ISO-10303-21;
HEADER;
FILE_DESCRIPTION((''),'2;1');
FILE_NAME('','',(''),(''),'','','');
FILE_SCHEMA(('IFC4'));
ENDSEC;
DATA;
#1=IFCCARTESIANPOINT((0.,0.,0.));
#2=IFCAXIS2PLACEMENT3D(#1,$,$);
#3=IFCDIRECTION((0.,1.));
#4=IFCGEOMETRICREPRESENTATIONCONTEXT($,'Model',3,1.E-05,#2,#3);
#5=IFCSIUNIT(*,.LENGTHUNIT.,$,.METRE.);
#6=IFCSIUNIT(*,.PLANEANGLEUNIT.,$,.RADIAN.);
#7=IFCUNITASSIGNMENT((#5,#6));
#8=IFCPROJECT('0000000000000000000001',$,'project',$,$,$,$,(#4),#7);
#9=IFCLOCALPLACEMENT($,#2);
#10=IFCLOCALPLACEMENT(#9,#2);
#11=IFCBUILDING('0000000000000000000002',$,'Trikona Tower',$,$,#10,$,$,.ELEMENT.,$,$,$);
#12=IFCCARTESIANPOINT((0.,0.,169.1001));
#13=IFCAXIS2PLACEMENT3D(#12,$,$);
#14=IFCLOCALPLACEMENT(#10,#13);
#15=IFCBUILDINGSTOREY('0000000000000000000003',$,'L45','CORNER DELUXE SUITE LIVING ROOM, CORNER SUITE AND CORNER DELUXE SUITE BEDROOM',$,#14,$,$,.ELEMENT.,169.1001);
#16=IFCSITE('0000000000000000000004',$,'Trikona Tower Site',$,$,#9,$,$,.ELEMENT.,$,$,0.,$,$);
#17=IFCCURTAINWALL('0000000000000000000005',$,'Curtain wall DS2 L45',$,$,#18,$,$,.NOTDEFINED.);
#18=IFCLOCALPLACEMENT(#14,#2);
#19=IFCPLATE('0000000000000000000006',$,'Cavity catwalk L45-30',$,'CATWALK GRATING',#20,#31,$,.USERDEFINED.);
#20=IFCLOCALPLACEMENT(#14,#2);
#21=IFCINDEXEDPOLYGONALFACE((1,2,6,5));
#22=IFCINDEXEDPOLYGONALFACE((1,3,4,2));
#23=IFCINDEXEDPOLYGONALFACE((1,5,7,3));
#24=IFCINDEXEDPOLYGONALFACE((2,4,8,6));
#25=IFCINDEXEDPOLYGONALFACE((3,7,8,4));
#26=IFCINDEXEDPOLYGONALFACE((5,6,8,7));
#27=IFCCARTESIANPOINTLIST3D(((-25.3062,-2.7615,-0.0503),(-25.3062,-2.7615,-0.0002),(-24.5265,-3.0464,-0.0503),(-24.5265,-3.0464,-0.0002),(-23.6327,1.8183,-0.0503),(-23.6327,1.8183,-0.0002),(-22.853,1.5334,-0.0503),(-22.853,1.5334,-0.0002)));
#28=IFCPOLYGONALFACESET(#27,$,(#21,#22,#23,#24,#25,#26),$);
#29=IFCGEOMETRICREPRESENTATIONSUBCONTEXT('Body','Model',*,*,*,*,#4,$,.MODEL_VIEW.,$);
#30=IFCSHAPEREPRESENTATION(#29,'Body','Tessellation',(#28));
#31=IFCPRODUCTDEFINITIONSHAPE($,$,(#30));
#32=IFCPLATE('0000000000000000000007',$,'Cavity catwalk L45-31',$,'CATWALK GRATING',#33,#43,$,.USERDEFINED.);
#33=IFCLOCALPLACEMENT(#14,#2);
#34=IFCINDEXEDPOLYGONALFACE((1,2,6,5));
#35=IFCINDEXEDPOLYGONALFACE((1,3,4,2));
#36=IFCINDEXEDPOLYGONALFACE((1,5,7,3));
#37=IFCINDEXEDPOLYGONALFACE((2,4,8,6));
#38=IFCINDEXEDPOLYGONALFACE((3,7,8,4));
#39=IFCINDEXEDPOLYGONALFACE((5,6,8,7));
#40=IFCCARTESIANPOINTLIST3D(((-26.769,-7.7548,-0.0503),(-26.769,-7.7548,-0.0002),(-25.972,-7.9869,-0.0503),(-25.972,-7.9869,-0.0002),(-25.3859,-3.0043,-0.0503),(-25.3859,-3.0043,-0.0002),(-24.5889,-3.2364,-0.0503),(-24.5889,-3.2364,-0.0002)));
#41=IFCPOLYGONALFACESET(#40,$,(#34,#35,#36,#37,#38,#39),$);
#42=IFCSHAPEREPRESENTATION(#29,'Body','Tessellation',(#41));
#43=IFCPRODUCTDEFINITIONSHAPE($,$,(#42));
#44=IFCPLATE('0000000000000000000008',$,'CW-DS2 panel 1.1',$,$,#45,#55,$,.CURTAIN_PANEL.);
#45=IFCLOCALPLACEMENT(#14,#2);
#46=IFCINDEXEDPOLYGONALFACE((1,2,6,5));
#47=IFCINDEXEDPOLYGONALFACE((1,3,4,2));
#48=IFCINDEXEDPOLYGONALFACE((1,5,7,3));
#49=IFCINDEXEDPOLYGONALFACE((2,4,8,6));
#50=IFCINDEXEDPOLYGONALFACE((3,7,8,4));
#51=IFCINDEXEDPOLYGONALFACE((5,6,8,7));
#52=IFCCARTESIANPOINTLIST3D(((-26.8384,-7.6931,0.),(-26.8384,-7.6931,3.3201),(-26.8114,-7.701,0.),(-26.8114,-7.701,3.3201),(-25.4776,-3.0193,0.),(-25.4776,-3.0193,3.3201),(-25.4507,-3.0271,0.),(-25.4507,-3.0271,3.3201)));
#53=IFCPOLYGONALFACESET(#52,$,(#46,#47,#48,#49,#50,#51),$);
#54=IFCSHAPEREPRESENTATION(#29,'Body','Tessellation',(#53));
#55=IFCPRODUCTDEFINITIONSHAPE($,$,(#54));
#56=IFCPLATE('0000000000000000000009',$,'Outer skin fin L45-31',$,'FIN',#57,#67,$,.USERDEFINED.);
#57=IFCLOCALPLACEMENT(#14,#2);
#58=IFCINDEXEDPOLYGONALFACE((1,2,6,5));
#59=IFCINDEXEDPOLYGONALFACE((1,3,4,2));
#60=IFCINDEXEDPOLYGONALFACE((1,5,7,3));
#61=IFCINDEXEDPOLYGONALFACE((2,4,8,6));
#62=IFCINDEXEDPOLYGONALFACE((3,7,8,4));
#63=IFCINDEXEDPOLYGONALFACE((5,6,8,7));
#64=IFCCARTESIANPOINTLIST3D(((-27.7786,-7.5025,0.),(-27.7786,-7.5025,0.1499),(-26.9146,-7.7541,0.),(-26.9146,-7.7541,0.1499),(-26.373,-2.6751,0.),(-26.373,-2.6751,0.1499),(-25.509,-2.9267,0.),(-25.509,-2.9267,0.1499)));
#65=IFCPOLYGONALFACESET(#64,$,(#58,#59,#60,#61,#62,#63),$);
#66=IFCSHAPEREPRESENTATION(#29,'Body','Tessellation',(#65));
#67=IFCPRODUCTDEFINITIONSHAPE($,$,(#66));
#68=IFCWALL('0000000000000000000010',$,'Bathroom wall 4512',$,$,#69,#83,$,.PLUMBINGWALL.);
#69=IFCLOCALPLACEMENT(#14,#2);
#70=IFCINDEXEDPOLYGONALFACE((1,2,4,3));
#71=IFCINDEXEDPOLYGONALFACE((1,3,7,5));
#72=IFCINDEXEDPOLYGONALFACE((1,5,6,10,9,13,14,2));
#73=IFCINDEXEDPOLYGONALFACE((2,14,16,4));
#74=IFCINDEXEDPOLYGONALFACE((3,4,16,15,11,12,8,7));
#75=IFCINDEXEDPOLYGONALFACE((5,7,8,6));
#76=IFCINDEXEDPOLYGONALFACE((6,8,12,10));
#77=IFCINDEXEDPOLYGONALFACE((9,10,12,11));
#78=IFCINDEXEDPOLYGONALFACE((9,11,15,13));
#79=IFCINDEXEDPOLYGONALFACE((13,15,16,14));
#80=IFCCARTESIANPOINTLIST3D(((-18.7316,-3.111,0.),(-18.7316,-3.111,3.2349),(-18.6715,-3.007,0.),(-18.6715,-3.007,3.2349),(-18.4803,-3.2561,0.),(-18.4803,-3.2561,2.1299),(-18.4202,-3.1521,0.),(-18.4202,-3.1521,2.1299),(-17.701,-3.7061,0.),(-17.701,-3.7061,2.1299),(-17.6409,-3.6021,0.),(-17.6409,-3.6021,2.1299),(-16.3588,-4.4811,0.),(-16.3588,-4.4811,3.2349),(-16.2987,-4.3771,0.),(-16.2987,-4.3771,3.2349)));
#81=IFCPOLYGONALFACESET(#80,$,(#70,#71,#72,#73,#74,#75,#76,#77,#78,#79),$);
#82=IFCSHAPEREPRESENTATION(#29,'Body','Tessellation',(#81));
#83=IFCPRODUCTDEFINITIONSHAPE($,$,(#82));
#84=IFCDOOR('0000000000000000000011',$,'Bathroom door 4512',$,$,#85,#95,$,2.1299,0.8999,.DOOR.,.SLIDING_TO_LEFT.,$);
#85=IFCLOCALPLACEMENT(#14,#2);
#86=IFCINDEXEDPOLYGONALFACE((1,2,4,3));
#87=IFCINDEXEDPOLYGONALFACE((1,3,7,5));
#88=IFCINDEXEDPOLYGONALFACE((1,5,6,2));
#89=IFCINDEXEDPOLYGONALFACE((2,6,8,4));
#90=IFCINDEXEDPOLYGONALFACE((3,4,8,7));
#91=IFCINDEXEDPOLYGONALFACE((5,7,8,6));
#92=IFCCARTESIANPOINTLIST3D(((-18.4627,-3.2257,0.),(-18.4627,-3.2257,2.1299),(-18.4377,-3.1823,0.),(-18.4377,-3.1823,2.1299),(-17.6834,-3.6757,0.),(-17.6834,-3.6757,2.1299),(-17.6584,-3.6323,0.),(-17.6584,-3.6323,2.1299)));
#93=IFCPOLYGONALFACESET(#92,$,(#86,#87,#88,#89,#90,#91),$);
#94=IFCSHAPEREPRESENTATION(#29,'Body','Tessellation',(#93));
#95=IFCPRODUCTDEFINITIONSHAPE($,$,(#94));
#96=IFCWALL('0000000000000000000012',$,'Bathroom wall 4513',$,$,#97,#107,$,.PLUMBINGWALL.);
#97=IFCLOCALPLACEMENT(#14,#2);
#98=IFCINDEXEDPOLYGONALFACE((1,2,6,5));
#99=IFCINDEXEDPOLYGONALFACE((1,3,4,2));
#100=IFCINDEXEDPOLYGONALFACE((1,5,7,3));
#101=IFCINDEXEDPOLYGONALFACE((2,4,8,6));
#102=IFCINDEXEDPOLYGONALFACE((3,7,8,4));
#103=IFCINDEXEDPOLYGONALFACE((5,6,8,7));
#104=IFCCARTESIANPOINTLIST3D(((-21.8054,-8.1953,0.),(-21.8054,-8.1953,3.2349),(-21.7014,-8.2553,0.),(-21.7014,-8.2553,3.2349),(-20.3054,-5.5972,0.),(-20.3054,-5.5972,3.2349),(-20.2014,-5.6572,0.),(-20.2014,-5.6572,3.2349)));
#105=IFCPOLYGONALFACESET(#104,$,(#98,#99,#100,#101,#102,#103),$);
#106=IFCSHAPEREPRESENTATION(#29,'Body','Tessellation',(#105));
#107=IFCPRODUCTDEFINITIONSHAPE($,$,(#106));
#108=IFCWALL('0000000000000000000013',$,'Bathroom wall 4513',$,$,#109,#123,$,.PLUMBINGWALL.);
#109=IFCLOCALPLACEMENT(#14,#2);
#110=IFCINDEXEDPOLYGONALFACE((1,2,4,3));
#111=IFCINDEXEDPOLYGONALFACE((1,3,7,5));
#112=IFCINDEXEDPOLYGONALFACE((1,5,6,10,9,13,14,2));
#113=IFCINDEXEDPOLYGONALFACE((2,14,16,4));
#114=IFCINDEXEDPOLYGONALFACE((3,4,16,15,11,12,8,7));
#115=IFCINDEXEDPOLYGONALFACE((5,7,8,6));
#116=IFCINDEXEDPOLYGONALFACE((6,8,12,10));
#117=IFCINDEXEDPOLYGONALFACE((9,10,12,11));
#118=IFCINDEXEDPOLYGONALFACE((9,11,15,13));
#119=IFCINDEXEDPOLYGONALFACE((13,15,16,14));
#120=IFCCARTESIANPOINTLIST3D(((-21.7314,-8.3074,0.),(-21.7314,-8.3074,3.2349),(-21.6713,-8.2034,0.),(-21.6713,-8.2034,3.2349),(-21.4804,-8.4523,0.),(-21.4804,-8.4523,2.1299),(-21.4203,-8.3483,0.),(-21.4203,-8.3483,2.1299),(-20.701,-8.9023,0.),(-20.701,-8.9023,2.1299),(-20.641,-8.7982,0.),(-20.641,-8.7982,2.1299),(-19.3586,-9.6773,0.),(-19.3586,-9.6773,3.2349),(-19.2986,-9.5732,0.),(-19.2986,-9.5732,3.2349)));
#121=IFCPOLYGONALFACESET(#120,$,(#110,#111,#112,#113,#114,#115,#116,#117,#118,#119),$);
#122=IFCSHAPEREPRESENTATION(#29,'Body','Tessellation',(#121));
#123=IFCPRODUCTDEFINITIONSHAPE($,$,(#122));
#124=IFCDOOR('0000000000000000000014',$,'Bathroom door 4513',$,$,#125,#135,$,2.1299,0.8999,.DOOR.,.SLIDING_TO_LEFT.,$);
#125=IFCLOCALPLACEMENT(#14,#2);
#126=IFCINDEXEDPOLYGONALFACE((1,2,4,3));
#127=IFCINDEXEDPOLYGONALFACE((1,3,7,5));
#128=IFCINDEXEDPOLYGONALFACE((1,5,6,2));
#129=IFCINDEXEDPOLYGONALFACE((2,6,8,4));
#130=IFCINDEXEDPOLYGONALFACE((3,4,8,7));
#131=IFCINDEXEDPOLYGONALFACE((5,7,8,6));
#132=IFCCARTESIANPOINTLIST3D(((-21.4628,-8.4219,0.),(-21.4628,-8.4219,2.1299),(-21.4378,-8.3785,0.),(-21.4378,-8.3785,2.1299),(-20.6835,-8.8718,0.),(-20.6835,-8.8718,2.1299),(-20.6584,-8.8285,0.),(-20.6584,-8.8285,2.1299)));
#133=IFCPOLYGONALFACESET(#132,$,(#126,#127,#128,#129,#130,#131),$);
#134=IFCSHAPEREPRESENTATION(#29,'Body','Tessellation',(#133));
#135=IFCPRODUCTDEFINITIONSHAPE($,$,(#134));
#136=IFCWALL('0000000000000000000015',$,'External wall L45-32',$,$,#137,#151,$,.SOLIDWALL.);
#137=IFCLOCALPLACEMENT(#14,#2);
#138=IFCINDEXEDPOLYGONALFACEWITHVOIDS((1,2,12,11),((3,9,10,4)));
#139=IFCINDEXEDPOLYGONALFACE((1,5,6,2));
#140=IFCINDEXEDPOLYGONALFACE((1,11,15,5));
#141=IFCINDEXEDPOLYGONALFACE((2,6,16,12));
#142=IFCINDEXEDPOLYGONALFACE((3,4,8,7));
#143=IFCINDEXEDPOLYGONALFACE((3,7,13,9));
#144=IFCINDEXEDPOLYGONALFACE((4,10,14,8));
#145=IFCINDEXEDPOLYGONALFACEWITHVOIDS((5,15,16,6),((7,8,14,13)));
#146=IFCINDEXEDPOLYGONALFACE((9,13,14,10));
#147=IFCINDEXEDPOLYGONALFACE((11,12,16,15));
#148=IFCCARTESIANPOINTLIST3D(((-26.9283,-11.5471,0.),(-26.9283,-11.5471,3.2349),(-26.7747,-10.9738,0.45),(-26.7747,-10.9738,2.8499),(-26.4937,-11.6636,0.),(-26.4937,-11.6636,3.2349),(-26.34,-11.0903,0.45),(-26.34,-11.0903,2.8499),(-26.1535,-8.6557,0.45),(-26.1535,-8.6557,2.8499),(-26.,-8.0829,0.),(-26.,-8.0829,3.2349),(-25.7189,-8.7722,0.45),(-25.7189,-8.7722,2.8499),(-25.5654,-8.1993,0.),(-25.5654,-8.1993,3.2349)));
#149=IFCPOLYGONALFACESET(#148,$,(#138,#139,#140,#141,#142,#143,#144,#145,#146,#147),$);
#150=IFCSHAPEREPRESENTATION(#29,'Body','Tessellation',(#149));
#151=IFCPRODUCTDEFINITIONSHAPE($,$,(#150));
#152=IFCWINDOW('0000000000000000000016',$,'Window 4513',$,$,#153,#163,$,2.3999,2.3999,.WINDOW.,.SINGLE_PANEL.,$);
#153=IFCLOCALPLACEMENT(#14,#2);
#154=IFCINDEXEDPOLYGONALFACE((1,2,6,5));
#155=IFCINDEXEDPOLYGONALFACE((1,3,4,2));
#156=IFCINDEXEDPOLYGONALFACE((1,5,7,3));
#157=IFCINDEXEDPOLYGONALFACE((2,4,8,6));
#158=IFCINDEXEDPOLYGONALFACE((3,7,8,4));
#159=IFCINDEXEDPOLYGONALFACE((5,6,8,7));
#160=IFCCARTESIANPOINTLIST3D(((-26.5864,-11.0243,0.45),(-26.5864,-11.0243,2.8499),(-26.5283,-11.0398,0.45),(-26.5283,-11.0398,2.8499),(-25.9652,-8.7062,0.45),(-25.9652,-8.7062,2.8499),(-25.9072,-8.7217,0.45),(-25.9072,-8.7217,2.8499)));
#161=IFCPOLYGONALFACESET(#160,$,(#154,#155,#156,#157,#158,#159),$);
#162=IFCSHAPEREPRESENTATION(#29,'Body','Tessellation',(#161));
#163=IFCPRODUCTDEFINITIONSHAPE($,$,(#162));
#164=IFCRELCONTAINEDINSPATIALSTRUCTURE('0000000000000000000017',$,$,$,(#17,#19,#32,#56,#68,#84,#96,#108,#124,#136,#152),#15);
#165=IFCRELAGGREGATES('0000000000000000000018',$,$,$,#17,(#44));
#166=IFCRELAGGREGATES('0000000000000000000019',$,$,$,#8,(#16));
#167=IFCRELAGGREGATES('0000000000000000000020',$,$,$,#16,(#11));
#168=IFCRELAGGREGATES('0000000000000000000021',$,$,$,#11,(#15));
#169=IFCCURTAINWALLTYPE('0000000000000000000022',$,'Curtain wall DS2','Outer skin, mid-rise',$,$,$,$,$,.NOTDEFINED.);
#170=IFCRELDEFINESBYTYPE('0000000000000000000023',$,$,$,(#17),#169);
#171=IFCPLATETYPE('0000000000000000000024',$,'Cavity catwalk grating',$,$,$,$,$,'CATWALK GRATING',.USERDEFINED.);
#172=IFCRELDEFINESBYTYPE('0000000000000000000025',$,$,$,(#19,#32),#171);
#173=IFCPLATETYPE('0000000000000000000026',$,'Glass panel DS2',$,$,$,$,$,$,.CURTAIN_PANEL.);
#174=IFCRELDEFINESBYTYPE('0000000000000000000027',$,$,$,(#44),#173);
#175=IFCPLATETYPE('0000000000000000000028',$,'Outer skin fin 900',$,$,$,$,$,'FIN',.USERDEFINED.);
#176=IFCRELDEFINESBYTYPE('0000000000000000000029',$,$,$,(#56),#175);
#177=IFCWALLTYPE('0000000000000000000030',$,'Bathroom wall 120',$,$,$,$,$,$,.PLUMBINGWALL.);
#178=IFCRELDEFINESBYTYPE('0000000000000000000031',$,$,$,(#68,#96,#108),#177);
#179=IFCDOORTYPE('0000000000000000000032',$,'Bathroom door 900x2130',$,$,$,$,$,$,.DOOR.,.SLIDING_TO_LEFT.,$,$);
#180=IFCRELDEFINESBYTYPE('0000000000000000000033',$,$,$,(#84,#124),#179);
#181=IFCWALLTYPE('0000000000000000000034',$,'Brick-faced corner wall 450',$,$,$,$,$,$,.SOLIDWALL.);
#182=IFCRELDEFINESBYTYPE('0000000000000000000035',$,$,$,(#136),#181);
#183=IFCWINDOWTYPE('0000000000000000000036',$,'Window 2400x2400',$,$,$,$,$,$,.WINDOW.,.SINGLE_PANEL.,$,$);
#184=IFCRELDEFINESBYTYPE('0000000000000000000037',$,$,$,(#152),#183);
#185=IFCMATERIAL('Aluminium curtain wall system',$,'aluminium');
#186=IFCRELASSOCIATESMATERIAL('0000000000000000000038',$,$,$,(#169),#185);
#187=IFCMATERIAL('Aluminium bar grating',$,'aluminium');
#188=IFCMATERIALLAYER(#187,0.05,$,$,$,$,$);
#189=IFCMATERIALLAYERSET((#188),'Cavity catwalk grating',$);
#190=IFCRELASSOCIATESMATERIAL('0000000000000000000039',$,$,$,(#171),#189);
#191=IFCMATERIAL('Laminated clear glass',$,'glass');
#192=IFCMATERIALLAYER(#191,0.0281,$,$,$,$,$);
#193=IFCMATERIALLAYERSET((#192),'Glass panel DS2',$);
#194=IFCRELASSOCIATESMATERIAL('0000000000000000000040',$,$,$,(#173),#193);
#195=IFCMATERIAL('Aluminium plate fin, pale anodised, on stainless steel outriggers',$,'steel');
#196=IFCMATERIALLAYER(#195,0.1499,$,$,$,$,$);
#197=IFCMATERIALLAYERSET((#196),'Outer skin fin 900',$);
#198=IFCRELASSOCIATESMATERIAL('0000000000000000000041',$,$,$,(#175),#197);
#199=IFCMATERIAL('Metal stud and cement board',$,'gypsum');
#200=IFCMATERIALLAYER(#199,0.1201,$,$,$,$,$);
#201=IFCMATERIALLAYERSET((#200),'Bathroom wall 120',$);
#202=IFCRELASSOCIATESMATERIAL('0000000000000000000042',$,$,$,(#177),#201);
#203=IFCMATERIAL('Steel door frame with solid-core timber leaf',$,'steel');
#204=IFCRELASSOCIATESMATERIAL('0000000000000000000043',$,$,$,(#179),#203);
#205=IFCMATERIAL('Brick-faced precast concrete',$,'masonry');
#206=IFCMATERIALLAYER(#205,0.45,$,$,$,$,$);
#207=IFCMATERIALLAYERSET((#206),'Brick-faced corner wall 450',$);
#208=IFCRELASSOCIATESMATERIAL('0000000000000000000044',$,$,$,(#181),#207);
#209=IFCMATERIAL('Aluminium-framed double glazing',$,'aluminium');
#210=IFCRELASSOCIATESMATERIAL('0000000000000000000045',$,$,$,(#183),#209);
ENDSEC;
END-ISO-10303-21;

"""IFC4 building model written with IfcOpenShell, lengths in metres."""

from ifc_helpers import new_model, si_unit, direction, frame, frame_2d, origin, origin_2d, place, context, subcontext, project, spatial, rectangle, extrude, material, layer, layer_set, type_object, element, fill, aggregate, save


model = new_model("IFC4")

# Units and contexts
model_context = context("Model", 3, precision=1e-05, world=origin(), true_north=direction((0.0, 1.0)))
body_context = subcontext(model_context, "Body", "Model", "MODEL_VIEW")
ifc_project = project(units=[si_unit("LENGTHUNIT", "METRE"), si_unit("PLANEANGLEUNIT", "RADIAN")], contexts=[model_context])

# Site, building, storey
site_placement = place(None, origin())
site = spatial("IfcSite", under=ifc_project, at=site_placement, Name="Trikona Tower Site", CompositionType="ELEMENT", RefElevation=0.0)
building_placement = place(site_placement, origin())
building = spatial("IfcBuilding", under=site, at=building_placement, Name="Trikona Tower", CompositionType="ELEMENT")
storey_placement = place(building_placement, frame((0.0, 0.0, 169.1001)))
storey = spatial("IfcBuildingStorey", under=building, at=storey_placement, Name="L45", Description="CORNER DELUXE SUITE LIVING ROOM, CORNER SUITE AND CORNER DELUXE SUITE BEDROOM", CompositionType="ELEMENT", Elevation=169.1001)

# Shared definitions
ifc_material_1 = material(Name="Aluminium curtain wall system", Category="aluminium")
curtain_wall_type = type_object("IfcCurtainWallType", Name="Curtain wall DS2", Description="Outer skin, mid-rise", PredefinedType="NOTDEFINED", material=ifc_material_1)

# Curtain wall
curtain_wall_1_placement = place(storey_placement, origin())
curtain_wall_1 = element("IfcCurtainWall", 1, at=curtain_wall_1_placement, inside=storey, type_object=curtain_wall_type, Name="Curtain wall DS2 L45", PredefinedType="NOTDEFINED")

# Plates
ifc_material_2 = material(Name="Aluminium bar grating", Category="aluminium")
ifc_layer_1 = layer(ifc_material_2, 0.05)
ifc_layer_set_1 = layer_set([ifc_layer_1], Name="Cavity catwalk grating")
plate_type_1 = type_object("IfcPlateType", Name="Cavity catwalk grating", ElementType="CATWALK GRATING", PredefinedType="USERDEFINED", material=ifc_layer_set_1)
plate_1_placement = place(storey_placement, frame((-24.0796, -0.614, -0.0503), z_axis=(0.0, 0.0, 1.0), x_axis=(-0.34322, -0.939255, 0.0)))
element("IfcPlate", 2, at=plate_1_placement, inside=storey, type_object=plate_type_1, Name="Cavity catwalk L45-30", ObjectType="CATWALK GRATING", PredefinedType="USERDEFINED", context=body_context, shape_type="SweptSolid", body=[
    extrude(rectangle(XDim=4.876, YDim=0.8301, at=origin_2d()), origin(), (0.0, 0.0, 1.0), 0.05),
])
plate_2_placement = place(storey_placement, frame((-25.679, -5.4956, -0.0503), z_axis=(0.0, 0.0, 1.0), x_axis=(-0.279554, -0.96013, 0.0)))
element("IfcPlate", 3, at=plate_2_placement, inside=storey, type_object=plate_type_1, Name="Cavity catwalk L45-31", ObjectType="CATWALK GRATING", PredefinedType="USERDEFINED", context=body_context, shape_type="SweptSolid", body=[
    extrude(rectangle(XDim=4.9478, YDim=0.8301, at=origin_2d()), origin(), (0.0, 0.0, 1.0), 0.05),
])

# Plates
ifc_material_3 = material(Name="Laminated clear glass", Category="glass")
ifc_layer_2 = layer(ifc_material_3, 0.0281)
ifc_layer_set_2 = layer_set([ifc_layer_2], Name="Glass panel DS2")
plate_type_2 = type_object("IfcPlateType", Name="Glass panel DS2", PredefinedType="CURTAIN_PANEL", material=ifc_layer_set_2)
plate_3_placement = place(storey_placement, frame((-26.1445, -5.3601, 0.0), z_axis=(0.0, 0.0, 1.0), x_axis=(-0.279543, -0.960133, 0.0)))
plate_3 = element("IfcPlate", 4, at=plate_3_placement, type_object=plate_type_2, Name="CW-DS2 panel 1.1", PredefinedType="CURTAIN_PANEL", context=body_context, shape_type="SweptSolid", body=[
    extrude(rectangle(XDim=4.8679, YDim=0.0281, at=origin_2d()), origin(), (0.0, 0.0, 1.0), 3.3201),
])
aggregate(curtain_wall_1, [plate_3])
ifc_material_4 = material(Name="Aluminium plate fin, pale anodised, on stainless steel outriggers", Category="steel")
ifc_layer_3 = layer(ifc_material_4, 0.1499)
ifc_layer_set_3 = layer_set([ifc_layer_3], Name="Outer skin fin 900")
plate_type_3 = type_object("IfcPlateType", Name="Outer skin fin 900", ElementType="FIN", PredefinedType="USERDEFINED", material=ifc_layer_set_3)
plate_4_placement = place(storey_placement, frame((-26.6438, -5.2146, 0.0), z_axis=(0.0, 0.0, 1.0), x_axis=(-0.279554, -0.96013, 0.0)))
element("IfcPlate", 5, at=plate_4_placement, inside=storey, type_object=plate_type_3, Name="Outer skin fin L45-31", ObjectType="FIN", PredefinedType="USERDEFINED", context=body_context, shape_type="SweptSolid", body=[
    extrude(rectangle(XDim=5.0278, YDim=0.8999, at=origin_2d()), origin(), (0.0, 0.0, 1.0), 0.1499),
])

# Wall, opening, door
ifc_material_5 = material(Name="Metal stud and cement board", Category="gypsum")
ifc_layer_4 = layer(ifc_material_5, 0.1201)
ifc_layer_set_4 = layer_set([ifc_layer_4], Name="Bathroom wall 120")
wall_type_1 = type_object("IfcWallType", Name="Bathroom wall 120", PredefinedType="PLUMBINGWALL", material=ifc_layer_set_4)
wall_1_placement = place(storey_placement, frame((-16.3286, -4.4292, 0.0), z_axis=(0.0, 0.0, 1.0), x_axis=(-0.865997, 0.500049, 0.0)))
wall_1 = element("IfcWall", 6, at=wall_1_placement, inside=storey, type_object=wall_type_1, Name="Bathroom wall 4512", PredefinedType="PLUMBINGWALL", context=body_context, shape_type="SweptSolid", body=[
    extrude(rectangle(XDim=2.74, YDim=0.1201, at=frame_2d((1.3701, 0.0))), origin(), (0.0, 0.0, 1.0), 3.2349),
])
opening_1_placement = place(wall_1_placement, frame((1.55, 0.0, 0.0)))
opening_1 = element("IfcOpeningElement", 7, at=opening_1_placement, cuts=wall_1, PredefinedType="OPENING", context=body_context, shape_type="SweptSolid", body=[
    extrude(rectangle(XDim=0.8999, YDim=2.1299, at=frame_2d((0.45, 1.0649))), frame((0.0, 0.0701, 0.0), z_axis=(0.0, -1.0, 0.0), x_axis=(1.0, 0.0, 0.0)), (0.0, 0.0, 1.0), 0.1401),
])
ifc_material_6 = material(Name="Steel door frame with solid-core timber leaf", Category="steel")
door_type_1 = type_object("IfcDoorType", Name="Bathroom door 900x2130", OperationType="SLIDING_TO_LEFT", PredefinedType="DOOR", material=ifc_material_6)
door_1_placement = place(opening_1_placement, origin())
door_1 = element("IfcDoor", 8, at=door_1_placement, inside=storey, type_object=door_type_1, Name="Bathroom door 4512", OperationType="SLIDING_TO_LEFT", OverallHeight=2.1299, OverallWidth=0.8999, PredefinedType="DOOR", context=body_context, shape_type="SweptSolid", body=[
    extrude(rectangle(XDim=0.8999, YDim=2.1299, at=frame_2d((0.45, 1.0649))), frame((0.0, 0.0249, 0.0), z_axis=(0.0, -1.0, 0.0), x_axis=(1.0, 0.0, 0.0)), (0.0, 0.0, 1.0), 0.05),
])
fill(opening_1, door_1)

# Wall
wall_2_placement = place(storey_placement, frame((-20.2534, -5.6272, 0.0), z_axis=(0.0, 0.0, 1.0), x_axis=(-0.49999, -0.866031, 0.0)))
element("IfcWall", 9, at=wall_2_placement, inside=storey, type_object=wall_type_1, Name="Bathroom wall 4513", PredefinedType="PLUMBINGWALL", context=body_context, shape_type="SweptSolid", body=[
    extrude(rectangle(XDim=3.0, YDim=0.1201, at=frame_2d((1.5, 0.0))), origin(), (0.0, 0.0, 1.0), 3.2349),
])

# Wall, opening, door
wall_3_placement = place(storey_placement, frame((-19.3286, -9.6252, 0.0), z_axis=(0.0, 0.0, 1.0), x_axis=(-0.866036, 0.499982, 0.0)))
wall_3 = element("IfcWall", 10, at=wall_3_placement, inside=storey, type_object=wall_type_1, Name="Bathroom wall 4513", PredefinedType="PLUMBINGWALL", context=body_context, shape_type="SweptSolid", body=[
    extrude(rectangle(XDim=2.7397, YDim=0.1201, at=frame_2d((1.3699, 0.0))), origin(), (0.0, 0.0, 1.0), 3.2349),
])
opening_2_placement = place(wall_3_placement, frame((1.55, 0.0, 0.0)))
opening_2 = element("IfcOpeningElement", 11, at=opening_2_placement, cuts=wall_3, PredefinedType="OPENING", context=body_context, shape_type="SweptSolid", body=[
    extrude(rectangle(XDim=0.8999, YDim=2.1299, at=frame_2d((0.45, 1.0649))), frame((0.0, 0.0701, 0.0), z_axis=(0.0, -1.0, 0.0), x_axis=(1.0, 0.0, 0.0)), (0.0, 0.0, 1.0), 0.1401),
])
door_2_placement = place(opening_2_placement, origin())
door_2 = element("IfcDoor", 12, at=door_2_placement, inside=storey, type_object=door_type_1, Name="Bathroom door 4513", OperationType="SLIDING_TO_LEFT", OverallHeight=2.1299, OverallWidth=0.8999, PredefinedType="DOOR", context=body_context, shape_type="SweptSolid", body=[
    extrude(rectangle(XDim=0.8999, YDim=2.1299, at=frame_2d((0.45, 1.0649))), frame((0.0, 0.0249, 0.0), z_axis=(0.0, -1.0, 0.0), x_axis=(1.0, 0.0, 0.0)), (0.0, 0.0, 1.0), 0.05),
])
fill(opening_2, door_2)

# Wall, opening, window
ifc_material_7 = material(Name="Brick-faced precast concrete", Category="masonry")
ifc_layer_5 = layer(ifc_material_7, 0.45)
ifc_layer_set_5 = layer_set([ifc_layer_5], Name="Brick-faced corner wall 450")
wall_type_2 = type_object("IfcWallType", Name="Brick-faced corner wall 450", PredefinedType="SOLIDWALL", material=ifc_layer_set_5)
wall_4_placement = place(storey_placement, frame((-25.7827, -8.1411, 0.0), z_axis=(0.0, 0.0, 1.0), x_axis=(-0.258823, -0.965925, 0.0)))
wall_4 = element("IfcWall", 13, at=wall_4_placement, inside=storey, type_object=wall_type_2, Name="External wall L45-32", PredefinedType="SOLIDWALL", context=body_context, shape_type="SweptSolid", body=[
    extrude(rectangle(XDim=3.5864, YDim=0.45, at=frame_2d((1.7932, 0.0))), origin(), (0.0, 0.0, 1.0), 3.2349),
])
opening_3_placement = place(wall_4_placement, frame((0.593, 0.0, 0.45)))
opening_3 = element("IfcOpeningElement", 14, at=opening_3_placement, cuts=wall_4, PredefinedType="OPENING", context=body_context, shape_type="SweptSolid", body=[
    extrude(rectangle(XDim=2.3999, YDim=2.3999, at=frame_2d((1.2, 1.2))), frame((0.0, 0.2349, 0.0), z_axis=(0.0, -1.0, 0.0), x_axis=(1.0, 0.0, 0.0)), (0.0, 0.0, 1.0), 0.47),
])
ifc_material_8 = material(Name="Aluminium-framed double glazing", Category="aluminium")
window_type_1 = type_object("IfcWindowType", Name="Window 2400x2400", PartitioningType="SINGLE_PANEL", PredefinedType="WINDOW", material=ifc_material_8)
window_1_placement = place(opening_3_placement, origin())
window_1 = element("IfcWindow", 15, at=window_1_placement, inside=storey, type_object=window_type_1, Name="Window 4513", OverallHeight=2.3999, OverallWidth=2.3999, PartitioningType="SINGLE_PANEL", PredefinedType="WINDOW", context=body_context, shape_type="SweptSolid", body=[
    extrude(rectangle(XDim=2.3999, YDim=2.3999, at=frame_2d((1.2, 1.2))), frame((0.0, 0.03, 0.0), z_axis=(0.0, -1.0, 0.0), x_axis=(1.0, 0.0, 0.0)), (0.0, 0.0, 1.0), 0.0601),
])
fill(opening_3, window_1)

save(model, "model.ifc")
